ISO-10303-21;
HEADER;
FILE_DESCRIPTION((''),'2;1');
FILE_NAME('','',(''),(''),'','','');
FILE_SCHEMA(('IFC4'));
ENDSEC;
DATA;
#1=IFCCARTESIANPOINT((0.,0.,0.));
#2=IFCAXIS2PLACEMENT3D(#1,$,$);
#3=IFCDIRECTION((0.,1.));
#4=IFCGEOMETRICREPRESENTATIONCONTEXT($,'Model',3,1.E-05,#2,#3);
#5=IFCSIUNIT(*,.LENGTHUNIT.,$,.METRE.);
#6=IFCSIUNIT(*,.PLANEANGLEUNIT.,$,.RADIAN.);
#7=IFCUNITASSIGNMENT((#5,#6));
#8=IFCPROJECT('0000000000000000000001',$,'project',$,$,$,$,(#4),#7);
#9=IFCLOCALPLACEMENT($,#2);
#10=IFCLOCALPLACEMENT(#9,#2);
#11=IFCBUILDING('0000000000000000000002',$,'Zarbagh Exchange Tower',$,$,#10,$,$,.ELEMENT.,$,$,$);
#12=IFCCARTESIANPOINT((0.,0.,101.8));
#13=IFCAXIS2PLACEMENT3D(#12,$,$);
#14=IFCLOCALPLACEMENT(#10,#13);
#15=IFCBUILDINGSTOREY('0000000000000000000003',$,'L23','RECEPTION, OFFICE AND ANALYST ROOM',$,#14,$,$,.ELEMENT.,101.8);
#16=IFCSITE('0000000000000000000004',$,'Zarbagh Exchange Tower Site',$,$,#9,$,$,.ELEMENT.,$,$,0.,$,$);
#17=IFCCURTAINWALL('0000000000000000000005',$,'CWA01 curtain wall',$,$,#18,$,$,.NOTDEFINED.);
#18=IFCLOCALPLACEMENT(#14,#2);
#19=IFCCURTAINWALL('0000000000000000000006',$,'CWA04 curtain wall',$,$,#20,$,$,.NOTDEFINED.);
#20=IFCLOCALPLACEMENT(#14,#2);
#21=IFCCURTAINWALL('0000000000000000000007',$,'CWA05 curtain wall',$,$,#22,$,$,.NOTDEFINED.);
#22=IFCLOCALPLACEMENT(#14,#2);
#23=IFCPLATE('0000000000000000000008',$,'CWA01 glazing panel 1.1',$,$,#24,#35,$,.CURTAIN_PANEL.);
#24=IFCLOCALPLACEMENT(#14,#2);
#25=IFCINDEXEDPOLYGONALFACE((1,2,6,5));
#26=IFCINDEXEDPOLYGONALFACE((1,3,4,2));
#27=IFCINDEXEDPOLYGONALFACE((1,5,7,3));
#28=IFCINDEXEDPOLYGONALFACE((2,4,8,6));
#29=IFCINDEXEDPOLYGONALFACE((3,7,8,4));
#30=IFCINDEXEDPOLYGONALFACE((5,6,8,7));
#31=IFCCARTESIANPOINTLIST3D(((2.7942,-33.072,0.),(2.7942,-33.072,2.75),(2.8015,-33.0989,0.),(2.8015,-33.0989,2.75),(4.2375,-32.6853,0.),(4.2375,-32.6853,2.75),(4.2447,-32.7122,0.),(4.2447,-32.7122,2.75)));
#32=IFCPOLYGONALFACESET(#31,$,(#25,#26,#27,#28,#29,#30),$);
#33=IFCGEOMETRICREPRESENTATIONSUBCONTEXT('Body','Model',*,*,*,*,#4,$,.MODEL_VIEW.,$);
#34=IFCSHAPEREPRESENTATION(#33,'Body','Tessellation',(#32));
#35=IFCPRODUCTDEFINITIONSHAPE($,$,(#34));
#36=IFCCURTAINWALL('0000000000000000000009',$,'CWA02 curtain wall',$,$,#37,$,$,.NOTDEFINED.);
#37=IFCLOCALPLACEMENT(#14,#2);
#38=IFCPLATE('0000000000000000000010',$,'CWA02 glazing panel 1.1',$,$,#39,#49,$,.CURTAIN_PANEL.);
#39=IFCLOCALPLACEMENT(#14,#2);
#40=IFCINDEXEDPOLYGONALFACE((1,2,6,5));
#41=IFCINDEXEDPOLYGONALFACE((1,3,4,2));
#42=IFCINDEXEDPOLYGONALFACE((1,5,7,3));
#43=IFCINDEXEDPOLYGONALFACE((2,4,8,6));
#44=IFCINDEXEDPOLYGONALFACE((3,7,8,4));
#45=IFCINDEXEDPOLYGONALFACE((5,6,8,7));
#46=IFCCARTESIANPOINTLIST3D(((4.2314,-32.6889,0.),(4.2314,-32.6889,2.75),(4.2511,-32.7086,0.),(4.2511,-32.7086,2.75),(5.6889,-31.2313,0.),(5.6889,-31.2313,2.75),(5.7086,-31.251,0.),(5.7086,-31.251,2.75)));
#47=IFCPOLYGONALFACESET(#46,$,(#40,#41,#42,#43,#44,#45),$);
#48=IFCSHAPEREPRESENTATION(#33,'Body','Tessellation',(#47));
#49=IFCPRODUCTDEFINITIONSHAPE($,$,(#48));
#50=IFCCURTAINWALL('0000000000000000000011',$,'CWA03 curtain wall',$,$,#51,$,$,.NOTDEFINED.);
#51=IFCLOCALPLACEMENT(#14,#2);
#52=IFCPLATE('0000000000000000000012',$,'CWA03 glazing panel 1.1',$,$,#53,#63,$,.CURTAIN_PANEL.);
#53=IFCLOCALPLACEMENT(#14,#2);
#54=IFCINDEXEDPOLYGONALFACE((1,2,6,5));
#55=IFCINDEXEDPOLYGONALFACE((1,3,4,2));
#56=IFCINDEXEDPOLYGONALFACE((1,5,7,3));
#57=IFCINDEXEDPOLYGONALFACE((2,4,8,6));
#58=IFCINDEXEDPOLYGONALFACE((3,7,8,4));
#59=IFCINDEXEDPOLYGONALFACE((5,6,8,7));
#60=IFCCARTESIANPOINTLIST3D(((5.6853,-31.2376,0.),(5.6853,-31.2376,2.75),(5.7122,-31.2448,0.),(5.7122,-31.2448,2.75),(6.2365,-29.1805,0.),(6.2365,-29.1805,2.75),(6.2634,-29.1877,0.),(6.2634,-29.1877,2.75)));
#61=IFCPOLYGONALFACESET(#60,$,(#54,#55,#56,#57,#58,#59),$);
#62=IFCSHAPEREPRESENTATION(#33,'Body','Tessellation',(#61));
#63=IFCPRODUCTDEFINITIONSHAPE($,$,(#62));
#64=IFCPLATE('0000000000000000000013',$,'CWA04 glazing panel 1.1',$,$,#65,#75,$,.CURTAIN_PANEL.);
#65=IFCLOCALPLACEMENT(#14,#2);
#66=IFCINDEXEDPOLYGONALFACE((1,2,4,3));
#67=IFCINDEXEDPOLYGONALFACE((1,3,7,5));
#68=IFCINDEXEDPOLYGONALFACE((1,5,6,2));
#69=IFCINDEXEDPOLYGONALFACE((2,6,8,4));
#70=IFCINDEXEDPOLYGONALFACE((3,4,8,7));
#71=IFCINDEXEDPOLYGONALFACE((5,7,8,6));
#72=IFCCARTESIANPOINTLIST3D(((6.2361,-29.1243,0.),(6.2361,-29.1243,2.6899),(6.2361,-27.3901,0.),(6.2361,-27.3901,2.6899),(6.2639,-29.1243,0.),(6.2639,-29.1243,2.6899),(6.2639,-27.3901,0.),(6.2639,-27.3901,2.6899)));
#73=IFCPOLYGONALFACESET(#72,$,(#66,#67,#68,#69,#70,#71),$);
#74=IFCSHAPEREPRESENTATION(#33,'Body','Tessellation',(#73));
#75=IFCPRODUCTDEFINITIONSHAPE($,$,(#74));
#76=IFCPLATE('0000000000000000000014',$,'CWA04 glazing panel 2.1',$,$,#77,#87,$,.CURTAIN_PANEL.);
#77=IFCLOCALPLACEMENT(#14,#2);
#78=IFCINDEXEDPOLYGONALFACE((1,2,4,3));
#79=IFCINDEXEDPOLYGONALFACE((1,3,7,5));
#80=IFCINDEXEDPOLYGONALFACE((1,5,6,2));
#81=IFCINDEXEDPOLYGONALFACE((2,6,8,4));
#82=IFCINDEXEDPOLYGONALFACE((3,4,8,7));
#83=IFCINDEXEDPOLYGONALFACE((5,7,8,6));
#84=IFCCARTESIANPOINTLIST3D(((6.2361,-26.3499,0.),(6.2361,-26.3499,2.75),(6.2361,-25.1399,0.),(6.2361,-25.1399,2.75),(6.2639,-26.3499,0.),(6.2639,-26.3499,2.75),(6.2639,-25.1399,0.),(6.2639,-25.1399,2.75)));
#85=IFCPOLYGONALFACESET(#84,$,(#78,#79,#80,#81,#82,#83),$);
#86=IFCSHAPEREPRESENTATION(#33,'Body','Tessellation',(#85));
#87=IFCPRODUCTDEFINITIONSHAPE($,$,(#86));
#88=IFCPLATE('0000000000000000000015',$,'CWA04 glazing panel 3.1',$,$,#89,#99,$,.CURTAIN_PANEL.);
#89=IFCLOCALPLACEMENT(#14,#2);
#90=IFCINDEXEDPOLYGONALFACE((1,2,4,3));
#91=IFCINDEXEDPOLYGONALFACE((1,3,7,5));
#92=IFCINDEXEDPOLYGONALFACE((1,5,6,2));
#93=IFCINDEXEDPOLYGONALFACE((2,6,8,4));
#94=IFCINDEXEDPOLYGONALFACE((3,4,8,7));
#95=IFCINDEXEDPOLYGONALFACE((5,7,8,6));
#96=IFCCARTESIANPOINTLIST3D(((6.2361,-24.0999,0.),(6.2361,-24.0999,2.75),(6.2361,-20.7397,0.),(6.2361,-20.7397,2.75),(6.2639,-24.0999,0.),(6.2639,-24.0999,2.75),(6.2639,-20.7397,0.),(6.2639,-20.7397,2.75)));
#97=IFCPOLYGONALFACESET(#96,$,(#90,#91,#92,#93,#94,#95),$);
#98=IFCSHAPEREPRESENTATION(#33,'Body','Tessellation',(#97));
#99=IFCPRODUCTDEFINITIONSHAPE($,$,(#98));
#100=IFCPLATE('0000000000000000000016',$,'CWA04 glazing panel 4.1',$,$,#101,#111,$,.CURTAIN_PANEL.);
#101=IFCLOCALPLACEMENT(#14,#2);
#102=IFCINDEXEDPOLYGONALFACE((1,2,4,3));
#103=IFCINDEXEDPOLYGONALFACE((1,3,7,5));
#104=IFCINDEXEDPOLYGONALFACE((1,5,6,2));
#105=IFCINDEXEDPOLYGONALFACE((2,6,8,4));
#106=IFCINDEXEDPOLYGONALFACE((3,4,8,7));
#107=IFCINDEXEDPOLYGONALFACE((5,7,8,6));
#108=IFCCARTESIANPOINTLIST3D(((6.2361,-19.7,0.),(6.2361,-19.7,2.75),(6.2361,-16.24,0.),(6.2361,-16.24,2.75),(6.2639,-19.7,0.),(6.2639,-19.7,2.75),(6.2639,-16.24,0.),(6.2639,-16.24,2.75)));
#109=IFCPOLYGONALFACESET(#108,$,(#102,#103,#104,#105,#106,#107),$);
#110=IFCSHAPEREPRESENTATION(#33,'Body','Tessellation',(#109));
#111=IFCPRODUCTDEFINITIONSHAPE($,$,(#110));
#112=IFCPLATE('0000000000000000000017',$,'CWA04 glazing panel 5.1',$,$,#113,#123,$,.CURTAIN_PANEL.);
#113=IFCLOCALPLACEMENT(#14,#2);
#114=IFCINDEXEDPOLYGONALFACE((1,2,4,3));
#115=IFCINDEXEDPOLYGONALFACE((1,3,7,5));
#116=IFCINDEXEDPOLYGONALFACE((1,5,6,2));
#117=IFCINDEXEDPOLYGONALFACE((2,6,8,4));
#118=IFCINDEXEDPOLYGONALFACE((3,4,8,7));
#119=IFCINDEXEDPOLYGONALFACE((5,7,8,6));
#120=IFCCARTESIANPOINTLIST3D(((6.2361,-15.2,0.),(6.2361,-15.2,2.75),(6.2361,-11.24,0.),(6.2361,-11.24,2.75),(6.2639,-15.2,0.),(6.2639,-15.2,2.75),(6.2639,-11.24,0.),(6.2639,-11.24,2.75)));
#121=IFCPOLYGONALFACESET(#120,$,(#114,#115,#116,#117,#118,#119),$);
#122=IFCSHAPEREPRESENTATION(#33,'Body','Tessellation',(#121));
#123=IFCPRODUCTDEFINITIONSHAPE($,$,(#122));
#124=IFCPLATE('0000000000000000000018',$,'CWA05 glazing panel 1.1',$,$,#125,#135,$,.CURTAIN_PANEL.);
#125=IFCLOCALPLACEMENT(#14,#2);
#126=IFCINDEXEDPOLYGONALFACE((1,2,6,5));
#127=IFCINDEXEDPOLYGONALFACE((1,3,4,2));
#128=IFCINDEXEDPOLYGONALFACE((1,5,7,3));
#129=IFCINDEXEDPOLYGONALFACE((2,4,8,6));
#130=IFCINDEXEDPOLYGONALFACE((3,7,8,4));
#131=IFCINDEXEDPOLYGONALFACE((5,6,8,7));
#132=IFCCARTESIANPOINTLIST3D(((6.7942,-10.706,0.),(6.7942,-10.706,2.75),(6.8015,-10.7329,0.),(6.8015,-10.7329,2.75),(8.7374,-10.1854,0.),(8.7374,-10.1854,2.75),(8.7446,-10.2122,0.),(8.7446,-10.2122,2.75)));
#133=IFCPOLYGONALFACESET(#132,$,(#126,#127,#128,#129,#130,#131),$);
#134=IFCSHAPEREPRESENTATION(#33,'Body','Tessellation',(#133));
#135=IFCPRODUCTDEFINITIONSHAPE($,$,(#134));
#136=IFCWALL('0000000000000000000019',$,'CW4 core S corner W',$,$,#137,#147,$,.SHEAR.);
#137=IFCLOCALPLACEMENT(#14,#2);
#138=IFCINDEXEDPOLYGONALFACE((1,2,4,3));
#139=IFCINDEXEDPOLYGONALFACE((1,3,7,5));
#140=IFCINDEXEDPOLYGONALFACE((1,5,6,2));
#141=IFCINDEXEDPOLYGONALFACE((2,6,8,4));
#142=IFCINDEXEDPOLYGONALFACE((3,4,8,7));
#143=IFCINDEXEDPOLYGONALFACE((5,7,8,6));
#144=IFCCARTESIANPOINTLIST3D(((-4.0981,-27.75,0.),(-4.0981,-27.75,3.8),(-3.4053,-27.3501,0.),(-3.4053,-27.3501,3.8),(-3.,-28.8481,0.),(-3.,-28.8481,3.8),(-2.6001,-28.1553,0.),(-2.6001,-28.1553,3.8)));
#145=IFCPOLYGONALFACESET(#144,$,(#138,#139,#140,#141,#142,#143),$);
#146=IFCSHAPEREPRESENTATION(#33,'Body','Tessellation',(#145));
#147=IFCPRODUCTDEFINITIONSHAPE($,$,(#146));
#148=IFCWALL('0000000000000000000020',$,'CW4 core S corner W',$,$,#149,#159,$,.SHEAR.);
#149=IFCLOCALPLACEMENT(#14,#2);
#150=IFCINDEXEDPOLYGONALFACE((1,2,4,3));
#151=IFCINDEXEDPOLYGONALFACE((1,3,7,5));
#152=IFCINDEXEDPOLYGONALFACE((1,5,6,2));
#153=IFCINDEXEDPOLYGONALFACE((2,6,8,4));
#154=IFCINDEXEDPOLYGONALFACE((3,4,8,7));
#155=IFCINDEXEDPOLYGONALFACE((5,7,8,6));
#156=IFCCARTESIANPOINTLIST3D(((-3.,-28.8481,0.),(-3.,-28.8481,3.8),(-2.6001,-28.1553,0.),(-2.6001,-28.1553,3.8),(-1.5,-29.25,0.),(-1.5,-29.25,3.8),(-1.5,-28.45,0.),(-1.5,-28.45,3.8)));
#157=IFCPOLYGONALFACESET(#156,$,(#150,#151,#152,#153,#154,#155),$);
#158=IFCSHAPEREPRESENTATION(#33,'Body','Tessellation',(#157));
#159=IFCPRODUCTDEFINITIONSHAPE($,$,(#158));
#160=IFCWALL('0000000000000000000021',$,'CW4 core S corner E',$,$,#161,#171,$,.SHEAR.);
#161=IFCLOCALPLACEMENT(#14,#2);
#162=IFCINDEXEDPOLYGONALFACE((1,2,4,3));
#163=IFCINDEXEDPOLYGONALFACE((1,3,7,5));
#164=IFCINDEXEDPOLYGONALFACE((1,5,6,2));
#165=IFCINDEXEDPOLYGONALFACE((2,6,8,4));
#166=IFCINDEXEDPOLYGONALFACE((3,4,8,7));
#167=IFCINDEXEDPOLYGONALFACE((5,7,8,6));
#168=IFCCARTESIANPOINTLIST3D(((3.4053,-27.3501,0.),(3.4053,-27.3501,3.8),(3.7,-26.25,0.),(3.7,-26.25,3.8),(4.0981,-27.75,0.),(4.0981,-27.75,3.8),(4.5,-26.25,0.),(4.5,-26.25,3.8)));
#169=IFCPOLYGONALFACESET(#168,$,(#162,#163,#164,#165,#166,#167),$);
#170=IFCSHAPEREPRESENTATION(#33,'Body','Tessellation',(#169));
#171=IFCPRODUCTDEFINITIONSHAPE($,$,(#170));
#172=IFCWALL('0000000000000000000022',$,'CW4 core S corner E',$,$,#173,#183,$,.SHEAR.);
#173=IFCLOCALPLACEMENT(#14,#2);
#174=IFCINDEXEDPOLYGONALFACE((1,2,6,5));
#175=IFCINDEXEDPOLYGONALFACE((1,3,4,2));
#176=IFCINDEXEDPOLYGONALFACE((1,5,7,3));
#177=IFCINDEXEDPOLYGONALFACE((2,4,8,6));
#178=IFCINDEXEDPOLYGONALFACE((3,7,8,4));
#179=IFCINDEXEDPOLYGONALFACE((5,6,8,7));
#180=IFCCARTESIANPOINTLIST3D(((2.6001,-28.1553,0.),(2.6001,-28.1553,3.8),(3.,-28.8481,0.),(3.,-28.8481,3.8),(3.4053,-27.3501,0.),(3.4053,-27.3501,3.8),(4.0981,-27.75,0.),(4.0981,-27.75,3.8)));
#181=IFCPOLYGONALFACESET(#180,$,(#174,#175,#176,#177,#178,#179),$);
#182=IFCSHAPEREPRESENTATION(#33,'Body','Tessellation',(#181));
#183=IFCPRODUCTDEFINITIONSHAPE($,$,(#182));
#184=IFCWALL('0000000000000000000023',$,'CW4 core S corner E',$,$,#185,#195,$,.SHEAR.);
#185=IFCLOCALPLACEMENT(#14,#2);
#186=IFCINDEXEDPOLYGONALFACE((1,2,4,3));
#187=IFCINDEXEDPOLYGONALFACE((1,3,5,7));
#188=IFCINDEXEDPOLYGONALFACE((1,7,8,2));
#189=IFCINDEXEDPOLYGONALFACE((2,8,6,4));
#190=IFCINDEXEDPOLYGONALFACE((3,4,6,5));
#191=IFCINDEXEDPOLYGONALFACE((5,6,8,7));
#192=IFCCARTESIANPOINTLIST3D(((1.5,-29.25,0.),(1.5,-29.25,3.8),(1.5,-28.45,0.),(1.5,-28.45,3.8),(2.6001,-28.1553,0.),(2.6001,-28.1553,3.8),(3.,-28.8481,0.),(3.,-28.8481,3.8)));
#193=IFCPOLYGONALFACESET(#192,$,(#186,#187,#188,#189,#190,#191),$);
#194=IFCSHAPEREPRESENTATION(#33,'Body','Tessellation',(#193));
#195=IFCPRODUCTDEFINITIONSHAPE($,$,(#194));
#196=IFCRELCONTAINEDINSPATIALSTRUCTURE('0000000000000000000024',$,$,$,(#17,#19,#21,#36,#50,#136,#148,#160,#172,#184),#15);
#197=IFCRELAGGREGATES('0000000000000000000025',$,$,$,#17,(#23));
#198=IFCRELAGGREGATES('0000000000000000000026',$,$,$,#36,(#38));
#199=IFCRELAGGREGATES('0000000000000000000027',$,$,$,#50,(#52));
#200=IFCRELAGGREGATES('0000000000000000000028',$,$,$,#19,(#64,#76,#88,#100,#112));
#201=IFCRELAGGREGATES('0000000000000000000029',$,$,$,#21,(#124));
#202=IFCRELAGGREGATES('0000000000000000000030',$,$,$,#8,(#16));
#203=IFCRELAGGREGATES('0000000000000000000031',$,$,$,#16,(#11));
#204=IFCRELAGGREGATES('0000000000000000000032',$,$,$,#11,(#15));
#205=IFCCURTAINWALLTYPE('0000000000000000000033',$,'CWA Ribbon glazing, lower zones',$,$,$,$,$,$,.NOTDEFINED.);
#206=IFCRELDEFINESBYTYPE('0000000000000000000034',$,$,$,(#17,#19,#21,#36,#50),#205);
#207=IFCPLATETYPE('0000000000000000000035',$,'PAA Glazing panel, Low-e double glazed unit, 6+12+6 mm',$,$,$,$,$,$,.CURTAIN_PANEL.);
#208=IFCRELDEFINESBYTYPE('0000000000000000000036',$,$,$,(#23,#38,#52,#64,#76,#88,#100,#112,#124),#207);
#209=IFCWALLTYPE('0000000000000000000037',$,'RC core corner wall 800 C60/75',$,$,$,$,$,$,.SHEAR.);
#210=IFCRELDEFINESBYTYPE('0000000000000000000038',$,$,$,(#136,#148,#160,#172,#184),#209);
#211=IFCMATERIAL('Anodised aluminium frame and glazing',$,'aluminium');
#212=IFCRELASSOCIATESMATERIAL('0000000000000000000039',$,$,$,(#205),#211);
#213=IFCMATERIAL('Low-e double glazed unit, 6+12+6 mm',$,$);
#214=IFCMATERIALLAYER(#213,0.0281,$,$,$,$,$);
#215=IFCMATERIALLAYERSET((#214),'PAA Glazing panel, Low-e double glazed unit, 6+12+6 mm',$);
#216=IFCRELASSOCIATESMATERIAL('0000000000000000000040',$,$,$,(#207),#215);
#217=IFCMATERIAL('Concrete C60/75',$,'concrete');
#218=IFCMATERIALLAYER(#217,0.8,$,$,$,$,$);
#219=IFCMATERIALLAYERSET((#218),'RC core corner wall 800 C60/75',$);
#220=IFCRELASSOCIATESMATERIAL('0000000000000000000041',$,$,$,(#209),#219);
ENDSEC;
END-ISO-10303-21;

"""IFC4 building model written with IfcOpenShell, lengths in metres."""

from ifc_helpers import new_model, si_unit, direction, frame, origin, place, context, subcontext, project, spatial, polyline, outline, extrude, source, transform, mapped, material, layer, layer_set, type_object, element, aggregate, save


model = new_model("IFC4")

# Units and contexts
model_context = context("Model", 3, precision=1e-05, world=origin(), true_north=direction((0.0, 1.0)))
body_context = subcontext(model_context, "Body", "Model", "MODEL_VIEW")
ifc_project = project(units=[si_unit("LENGTHUNIT", "METRE"), si_unit("PLANEANGLEUNIT", "RADIAN")], contexts=[model_context])

# Site, building, storey
site_placement = place(None, origin())
site = spatial("IfcSite", under=ifc_project, at=site_placement, Name="Zarbagh Exchange Tower Site", CompositionType="ELEMENT", RefElevation=0.0)
building_placement = place(site_placement, origin())
building = spatial("IfcBuilding", under=site, at=building_placement, Name="Zarbagh Exchange Tower", CompositionType="ELEMENT")
storey_placement = place(building_placement, frame((0.0, 0.0, 101.8)))
storey = spatial("IfcBuildingStorey", under=building, at=storey_placement, Name="L23", Description="RECEPTION, OFFICE AND ANALYST ROOM", CompositionType="ELEMENT", Elevation=101.8)

# Curtain wall
ifc_material_1 = material(Name="Anodised aluminium frame and glazing", Category="aluminium")
curtain_wall_type = type_object("IfcCurtainWallType", Name="CWA Ribbon glazing, lower zones", PredefinedType="NOTDEFINED", material=ifc_material_1)
curtain_wall_1_placement = place(storey_placement, origin())
curtain_wall_1 = element("IfcCurtainWall", 1, at=curtain_wall_1_placement, inside=storey, type_object=curtain_wall_type, Name="CWA01 curtain wall", PredefinedType="NOTDEFINED")
placement = place(storey_placement, origin())

# Curtain wall
curtain_wall_2_placement = place(storey_placement, origin())
curtain_wall_2 = element("IfcCurtainWall", 2, at=curtain_wall_2_placement, inside=storey, type_object=curtain_wall_type, Name="CWA04 curtain wall", PredefinedType="NOTDEFINED")

# Curtain wall
curtain_wall_3_placement = place(storey_placement, origin())
curtain_wall_3 = element("IfcCurtainWall", 3, at=curtain_wall_3_placement, inside=storey, type_object=curtain_wall_type, Name="CWA05 curtain wall", PredefinedType="NOTDEFINED")

# Plate
ifc_material_2 = material(Name="Low-e double glazed unit, 6+12+6 mm")
ifc_layer_1 = layer(ifc_material_2, 0.0281)
ifc_layer_set_1 = layer_set([ifc_layer_1], Name="PAA Glazing panel, Low-e double glazed unit, 6+12+6 mm")
plate_type = type_object("IfcPlateType", Name="PAA Glazing panel, Low-e double glazed unit, 6+12+6 mm", PredefinedType="CURTAIN_PANEL", material=ifc_layer_set_1)
shared_shape_1 = source(origin(), body_context, "Body", "SweptSolid", [
    extrude(outline(polyline([(0.0, -0.0139), (1.4941, -0.0139), (1.4941, 0.0139), (0.0, 0.0139), (0.0, -0.0139)])), origin(), (0.0, 0.0, 1.0), 2.75),
])
plate_1 = element("IfcPlate", 4, at=placement, type_object=plate_type, Name="CWA01 glazing panel 1.1", PredefinedType="CURTAIN_PANEL", context=body_context, shape_type="MappedRepresentation", body=[
    mapped(shared_shape_1, transform((2.7979, -33.0854, 0.0), x_axis=(0.965924, 0.258825, 0.0), y_axis=(-0.258825, 0.965924, 0.0), z_axis=(0.0, 0.0, 1.0))),
])
aggregate(curtain_wall_1, [plate_1])

# Curtain walls, plates
curtain_wall_4_placement = place(storey_placement, origin())
curtain_wall_4 = element("IfcCurtainWall", 5, at=curtain_wall_4_placement, inside=storey, type_object=curtain_wall_type, Name="CWA02 curtain wall", PredefinedType="NOTDEFINED")
shared_shape_2 = source(origin(), body_context, "Body", "SweptSolid", [
    extrude(outline(polyline([(0.0, -0.0139), (2.0613, -0.0139), (2.0613, 0.0139), (0.0, 0.0139), (0.0, -0.0139)])), origin(), (0.0, 0.0, 1.0), 2.75),
])
plate_2 = element("IfcPlate", 6, at=placement, type_object=plate_type, Name="CWA02 glazing panel 1.1", PredefinedType="CURTAIN_PANEL", context=body_context, shape_type="MappedRepresentation", body=[
    mapped(shared_shape_2, transform((4.2412, -32.6987, 0.0), x_axis=(0.707107, 0.707107, 0.0), y_axis=(-0.707107, 0.707107, 0.0), z_axis=(0.0, 0.0, 1.0))),
])
aggregate(curtain_wall_4, [plate_2])
curtain_wall_5_placement = place(storey_placement, origin())
curtain_wall_5 = element("IfcCurtainWall", 7, at=curtain_wall_5_placement, inside=storey, type_object=curtain_wall_type, Name="CWA03 curtain wall", PredefinedType="NOTDEFINED")
shared_shape_3 = source(origin(), body_context, "Body", "SweptSolid", [
    extrude(outline(polyline([(0.0, -0.0139), (2.1296, -0.0139), (2.1296, 0.0139), (0.0, 0.0139), (0.0, -0.0139)])), origin(), (0.0, 0.0, 1.0), 2.75),
])
plate_3 = element("IfcPlate", 8, at=placement, type_object=plate_type, Name="CWA03 glazing panel 1.1", PredefinedType="CURTAIN_PANEL", context=body_context, shape_type="MappedRepresentation", body=[
    mapped(shared_shape_3, transform((5.6987, -31.2412, 0.0), x_axis=(0.258825, 0.965924, 0.0), y_axis=(-0.965924, 0.258825, 0.0), z_axis=(0.0, 0.0, 1.0))),
])
aggregate(curtain_wall_5, [plate_3])

# Plates
shared_shape_4 = source(origin(), body_context, "Body", "SweptSolid", [
    extrude(outline(polyline([(0.0, -0.0139), (1.7341, -0.0139), (1.7341, 0.0139), (0.0, 0.0139), (0.0, -0.0139)])), origin(), (0.0, 0.0, 1.0), 2.6899),
])
plate_4 = element("IfcPlate", 9, at=placement, type_object=plate_type, Name="CWA04 glazing panel 1.1", PredefinedType="CURTAIN_PANEL", context=body_context, shape_type="MappedRepresentation", body=[
    mapped(shared_shape_4, transform((6.25, -29.1243, 0.0), x_axis=(0.0, 1.0, 0.0), y_axis=(-1.0, 0.0, 0.0), z_axis=(0.0, 0.0, 1.0))),
])
shared_shape_5 = source(origin(), body_context, "Body", "SweptSolid", [
    extrude(outline(polyline([(0.0, -0.0139), (1.21, -0.0139), (1.21, 0.0139), (0.0, 0.0139), (0.0, -0.0139)])), origin(), (0.0, 0.0, 1.0), 2.75),
])
plate_5 = element("IfcPlate", 10, at=placement, type_object=plate_type, Name="CWA04 glazing panel 2.1", PredefinedType="CURTAIN_PANEL", context=body_context, shape_type="MappedRepresentation", body=[
    mapped(shared_shape_5, transform((6.25, -26.3499, 0.0), x_axis=(0.0, 1.0, 0.0), y_axis=(-1.0, 0.0, 0.0), z_axis=(0.0, 0.0, 1.0))),
])
shared_shape_6 = source(origin(), body_context, "Body", "SweptSolid", [
    extrude(outline(polyline([(0.0, -0.0139), (3.3601, -0.0139), (3.3601, 0.0139), (0.0, 0.0139), (0.0, -0.0139)])), origin(), (0.0, 0.0, 1.0), 2.75),
])
plate_6 = element("IfcPlate", 11, at=placement, type_object=plate_type, Name="CWA04 glazing panel 3.1", PredefinedType="CURTAIN_PANEL", context=body_context, shape_type="MappedRepresentation", body=[
    mapped(shared_shape_6, transform((6.25, -24.0999, 0.0), x_axis=(0.0, 1.0, 0.0), y_axis=(-1.0, 0.0, 0.0), z_axis=(0.0, 0.0, 1.0))),
])
shared_shape_7 = source(origin(), body_context, "Body", "SweptSolid", [
    extrude(outline(polyline([(0.0, -0.0139), (3.46, -0.0139), (3.46, 0.0139), (0.0, 0.0139), (0.0, -0.0139)])), origin(), (0.0, 0.0, 1.0), 2.75),
])
plate_7 = element("IfcPlate", 12, at=placement, type_object=plate_type, Name="CWA04 glazing panel 4.1", PredefinedType="CURTAIN_PANEL", context=body_context, shape_type="MappedRepresentation", body=[
    mapped(shared_shape_7, transform((6.25, -19.7, 0.0), x_axis=(0.0, 1.0, 0.0), y_axis=(-1.0, 0.0, 0.0), z_axis=(0.0, 0.0, 1.0))),
])
shared_shape_8 = source(origin(), body_context, "Body", "SweptSolid", [
    extrude(outline(polyline([(0.0, -0.0139), (3.96, -0.0139), (3.96, 0.0139), (0.0, 0.0139), (0.0, -0.0139)])), origin(), (0.0, 0.0, 1.0), 2.75),
])
plate_8 = element("IfcPlate", 13, at=placement, type_object=plate_type, Name="CWA04 glazing panel 5.1", PredefinedType="CURTAIN_PANEL", context=body_context, shape_type="MappedRepresentation", body=[
    mapped(shared_shape_8, transform((6.25, -15.2, 0.0), x_axis=(0.0, 1.0, 0.0), y_axis=(-1.0, 0.0, 0.0), z_axis=(0.0, 0.0, 1.0))),
])
aggregate(curtain_wall_2, [plate_4, plate_5, plate_6, plate_7, plate_8])
shared_shape_9 = source(origin(), body_context, "Body", "SweptSolid", [
    extrude(outline(polyline([(0.0, -0.0139), (2.0117, -0.0139), (2.0117, 0.0139), (0.0, 0.0139), (0.0, -0.0139)])), origin(), (0.0, 0.0, 1.0), 2.75),
])
plate_9 = element("IfcPlate", 14, at=placement, type_object=plate_type, Name="CWA05 glazing panel 1.1", PredefinedType="CURTAIN_PANEL", context=body_context, shape_type="MappedRepresentation", body=[
    mapped(shared_shape_9, transform((6.7979, -10.7195, 0.0), x_axis=(0.965924, 0.258825, 0.0), y_axis=(-0.258825, 0.965924, 0.0), z_axis=(0.0, 0.0, 1.0))),
])
aggregate(curtain_wall_3, [plate_9])

# Walls
ifc_material_3 = material(Name="Concrete C60/75", Category="concrete")
ifc_layer_2 = layer(ifc_material_3, 0.8)
ifc_layer_set_2 = layer_set([ifc_layer_2], Name="RC core corner wall 800 C60/75")
wall_type = type_object("IfcWallType", Name="RC core corner wall 800 C60/75", PredefinedType="SHEAR", material=ifc_layer_set_2)
wall_1_placement = place(storey_placement, origin())
element("IfcWall", 15, at=wall_1_placement, inside=storey, type_object=wall_type, Name="CW4 core S corner W", PredefinedType="SHEAR", context=body_context, shape_type="SweptSolid", body=[
    extrude(outline(polyline([(-4.0981, -27.75), (-3.0, -28.8481), (-2.6001, -28.1553), (-3.4053, -27.3501), (-4.0981, -27.75)])), origin(), (0.0, 0.0, 1.0), 3.8),
])
wall_2_placement = place(storey_placement, origin())
element("IfcWall", 16, at=wall_2_placement, inside=storey, type_object=wall_type, Name="CW4 core S corner W", PredefinedType="SHEAR", context=body_context, shape_type="SweptSolid", body=[
    extrude(outline(polyline([(-3.0, -28.8481), (-1.5, -29.25), (-1.5, -28.45), (-2.6001, -28.1553), (-3.0, -28.8481)])), origin(), (0.0, 0.0, 1.0), 3.8),
])
wall_3_placement = place(storey_placement, origin())
element("IfcWall", 17, at=wall_3_placement, inside=storey, type_object=wall_type, Name="CW4 core S corner E", PredefinedType="SHEAR", context=body_context, shape_type="SweptSolid", body=[
    extrude(outline(polyline([(4.5, -26.25), (4.0981, -27.75), (3.4053, -27.3501), (3.7, -26.25), (4.5, -26.25)])), origin(), (0.0, 0.0, 1.0), 3.8),
])
wall_4_placement = place(storey_placement, origin())
element("IfcWall", 18, at=wall_4_placement, inside=storey, type_object=wall_type, Name="CW4 core S corner E", PredefinedType="SHEAR", context=body_context, shape_type="SweptSolid", body=[
    extrude(outline(polyline([(4.0981, -27.75), (3.0, -28.8481), (2.6001, -28.1553), (3.4053, -27.3501), (4.0981, -27.75)])), origin(), (0.0, 0.0, 1.0), 3.8),
])
wall_5_placement = place(storey_placement, origin())
element("IfcWall", 19, at=wall_5_placement, inside=storey, type_object=wall_type, Name="CW4 core S corner E", PredefinedType="SHEAR", context=body_context, shape_type="SweptSolid", body=[
    extrude(outline(polyline([(3.0, -28.8481), (1.5, -29.25), (1.5, -28.45), (2.6001, -28.1553), (3.0, -28.8481)])), origin(), (0.0, 0.0, 1.0), 3.8),
])

save(model, "model.ifc")
